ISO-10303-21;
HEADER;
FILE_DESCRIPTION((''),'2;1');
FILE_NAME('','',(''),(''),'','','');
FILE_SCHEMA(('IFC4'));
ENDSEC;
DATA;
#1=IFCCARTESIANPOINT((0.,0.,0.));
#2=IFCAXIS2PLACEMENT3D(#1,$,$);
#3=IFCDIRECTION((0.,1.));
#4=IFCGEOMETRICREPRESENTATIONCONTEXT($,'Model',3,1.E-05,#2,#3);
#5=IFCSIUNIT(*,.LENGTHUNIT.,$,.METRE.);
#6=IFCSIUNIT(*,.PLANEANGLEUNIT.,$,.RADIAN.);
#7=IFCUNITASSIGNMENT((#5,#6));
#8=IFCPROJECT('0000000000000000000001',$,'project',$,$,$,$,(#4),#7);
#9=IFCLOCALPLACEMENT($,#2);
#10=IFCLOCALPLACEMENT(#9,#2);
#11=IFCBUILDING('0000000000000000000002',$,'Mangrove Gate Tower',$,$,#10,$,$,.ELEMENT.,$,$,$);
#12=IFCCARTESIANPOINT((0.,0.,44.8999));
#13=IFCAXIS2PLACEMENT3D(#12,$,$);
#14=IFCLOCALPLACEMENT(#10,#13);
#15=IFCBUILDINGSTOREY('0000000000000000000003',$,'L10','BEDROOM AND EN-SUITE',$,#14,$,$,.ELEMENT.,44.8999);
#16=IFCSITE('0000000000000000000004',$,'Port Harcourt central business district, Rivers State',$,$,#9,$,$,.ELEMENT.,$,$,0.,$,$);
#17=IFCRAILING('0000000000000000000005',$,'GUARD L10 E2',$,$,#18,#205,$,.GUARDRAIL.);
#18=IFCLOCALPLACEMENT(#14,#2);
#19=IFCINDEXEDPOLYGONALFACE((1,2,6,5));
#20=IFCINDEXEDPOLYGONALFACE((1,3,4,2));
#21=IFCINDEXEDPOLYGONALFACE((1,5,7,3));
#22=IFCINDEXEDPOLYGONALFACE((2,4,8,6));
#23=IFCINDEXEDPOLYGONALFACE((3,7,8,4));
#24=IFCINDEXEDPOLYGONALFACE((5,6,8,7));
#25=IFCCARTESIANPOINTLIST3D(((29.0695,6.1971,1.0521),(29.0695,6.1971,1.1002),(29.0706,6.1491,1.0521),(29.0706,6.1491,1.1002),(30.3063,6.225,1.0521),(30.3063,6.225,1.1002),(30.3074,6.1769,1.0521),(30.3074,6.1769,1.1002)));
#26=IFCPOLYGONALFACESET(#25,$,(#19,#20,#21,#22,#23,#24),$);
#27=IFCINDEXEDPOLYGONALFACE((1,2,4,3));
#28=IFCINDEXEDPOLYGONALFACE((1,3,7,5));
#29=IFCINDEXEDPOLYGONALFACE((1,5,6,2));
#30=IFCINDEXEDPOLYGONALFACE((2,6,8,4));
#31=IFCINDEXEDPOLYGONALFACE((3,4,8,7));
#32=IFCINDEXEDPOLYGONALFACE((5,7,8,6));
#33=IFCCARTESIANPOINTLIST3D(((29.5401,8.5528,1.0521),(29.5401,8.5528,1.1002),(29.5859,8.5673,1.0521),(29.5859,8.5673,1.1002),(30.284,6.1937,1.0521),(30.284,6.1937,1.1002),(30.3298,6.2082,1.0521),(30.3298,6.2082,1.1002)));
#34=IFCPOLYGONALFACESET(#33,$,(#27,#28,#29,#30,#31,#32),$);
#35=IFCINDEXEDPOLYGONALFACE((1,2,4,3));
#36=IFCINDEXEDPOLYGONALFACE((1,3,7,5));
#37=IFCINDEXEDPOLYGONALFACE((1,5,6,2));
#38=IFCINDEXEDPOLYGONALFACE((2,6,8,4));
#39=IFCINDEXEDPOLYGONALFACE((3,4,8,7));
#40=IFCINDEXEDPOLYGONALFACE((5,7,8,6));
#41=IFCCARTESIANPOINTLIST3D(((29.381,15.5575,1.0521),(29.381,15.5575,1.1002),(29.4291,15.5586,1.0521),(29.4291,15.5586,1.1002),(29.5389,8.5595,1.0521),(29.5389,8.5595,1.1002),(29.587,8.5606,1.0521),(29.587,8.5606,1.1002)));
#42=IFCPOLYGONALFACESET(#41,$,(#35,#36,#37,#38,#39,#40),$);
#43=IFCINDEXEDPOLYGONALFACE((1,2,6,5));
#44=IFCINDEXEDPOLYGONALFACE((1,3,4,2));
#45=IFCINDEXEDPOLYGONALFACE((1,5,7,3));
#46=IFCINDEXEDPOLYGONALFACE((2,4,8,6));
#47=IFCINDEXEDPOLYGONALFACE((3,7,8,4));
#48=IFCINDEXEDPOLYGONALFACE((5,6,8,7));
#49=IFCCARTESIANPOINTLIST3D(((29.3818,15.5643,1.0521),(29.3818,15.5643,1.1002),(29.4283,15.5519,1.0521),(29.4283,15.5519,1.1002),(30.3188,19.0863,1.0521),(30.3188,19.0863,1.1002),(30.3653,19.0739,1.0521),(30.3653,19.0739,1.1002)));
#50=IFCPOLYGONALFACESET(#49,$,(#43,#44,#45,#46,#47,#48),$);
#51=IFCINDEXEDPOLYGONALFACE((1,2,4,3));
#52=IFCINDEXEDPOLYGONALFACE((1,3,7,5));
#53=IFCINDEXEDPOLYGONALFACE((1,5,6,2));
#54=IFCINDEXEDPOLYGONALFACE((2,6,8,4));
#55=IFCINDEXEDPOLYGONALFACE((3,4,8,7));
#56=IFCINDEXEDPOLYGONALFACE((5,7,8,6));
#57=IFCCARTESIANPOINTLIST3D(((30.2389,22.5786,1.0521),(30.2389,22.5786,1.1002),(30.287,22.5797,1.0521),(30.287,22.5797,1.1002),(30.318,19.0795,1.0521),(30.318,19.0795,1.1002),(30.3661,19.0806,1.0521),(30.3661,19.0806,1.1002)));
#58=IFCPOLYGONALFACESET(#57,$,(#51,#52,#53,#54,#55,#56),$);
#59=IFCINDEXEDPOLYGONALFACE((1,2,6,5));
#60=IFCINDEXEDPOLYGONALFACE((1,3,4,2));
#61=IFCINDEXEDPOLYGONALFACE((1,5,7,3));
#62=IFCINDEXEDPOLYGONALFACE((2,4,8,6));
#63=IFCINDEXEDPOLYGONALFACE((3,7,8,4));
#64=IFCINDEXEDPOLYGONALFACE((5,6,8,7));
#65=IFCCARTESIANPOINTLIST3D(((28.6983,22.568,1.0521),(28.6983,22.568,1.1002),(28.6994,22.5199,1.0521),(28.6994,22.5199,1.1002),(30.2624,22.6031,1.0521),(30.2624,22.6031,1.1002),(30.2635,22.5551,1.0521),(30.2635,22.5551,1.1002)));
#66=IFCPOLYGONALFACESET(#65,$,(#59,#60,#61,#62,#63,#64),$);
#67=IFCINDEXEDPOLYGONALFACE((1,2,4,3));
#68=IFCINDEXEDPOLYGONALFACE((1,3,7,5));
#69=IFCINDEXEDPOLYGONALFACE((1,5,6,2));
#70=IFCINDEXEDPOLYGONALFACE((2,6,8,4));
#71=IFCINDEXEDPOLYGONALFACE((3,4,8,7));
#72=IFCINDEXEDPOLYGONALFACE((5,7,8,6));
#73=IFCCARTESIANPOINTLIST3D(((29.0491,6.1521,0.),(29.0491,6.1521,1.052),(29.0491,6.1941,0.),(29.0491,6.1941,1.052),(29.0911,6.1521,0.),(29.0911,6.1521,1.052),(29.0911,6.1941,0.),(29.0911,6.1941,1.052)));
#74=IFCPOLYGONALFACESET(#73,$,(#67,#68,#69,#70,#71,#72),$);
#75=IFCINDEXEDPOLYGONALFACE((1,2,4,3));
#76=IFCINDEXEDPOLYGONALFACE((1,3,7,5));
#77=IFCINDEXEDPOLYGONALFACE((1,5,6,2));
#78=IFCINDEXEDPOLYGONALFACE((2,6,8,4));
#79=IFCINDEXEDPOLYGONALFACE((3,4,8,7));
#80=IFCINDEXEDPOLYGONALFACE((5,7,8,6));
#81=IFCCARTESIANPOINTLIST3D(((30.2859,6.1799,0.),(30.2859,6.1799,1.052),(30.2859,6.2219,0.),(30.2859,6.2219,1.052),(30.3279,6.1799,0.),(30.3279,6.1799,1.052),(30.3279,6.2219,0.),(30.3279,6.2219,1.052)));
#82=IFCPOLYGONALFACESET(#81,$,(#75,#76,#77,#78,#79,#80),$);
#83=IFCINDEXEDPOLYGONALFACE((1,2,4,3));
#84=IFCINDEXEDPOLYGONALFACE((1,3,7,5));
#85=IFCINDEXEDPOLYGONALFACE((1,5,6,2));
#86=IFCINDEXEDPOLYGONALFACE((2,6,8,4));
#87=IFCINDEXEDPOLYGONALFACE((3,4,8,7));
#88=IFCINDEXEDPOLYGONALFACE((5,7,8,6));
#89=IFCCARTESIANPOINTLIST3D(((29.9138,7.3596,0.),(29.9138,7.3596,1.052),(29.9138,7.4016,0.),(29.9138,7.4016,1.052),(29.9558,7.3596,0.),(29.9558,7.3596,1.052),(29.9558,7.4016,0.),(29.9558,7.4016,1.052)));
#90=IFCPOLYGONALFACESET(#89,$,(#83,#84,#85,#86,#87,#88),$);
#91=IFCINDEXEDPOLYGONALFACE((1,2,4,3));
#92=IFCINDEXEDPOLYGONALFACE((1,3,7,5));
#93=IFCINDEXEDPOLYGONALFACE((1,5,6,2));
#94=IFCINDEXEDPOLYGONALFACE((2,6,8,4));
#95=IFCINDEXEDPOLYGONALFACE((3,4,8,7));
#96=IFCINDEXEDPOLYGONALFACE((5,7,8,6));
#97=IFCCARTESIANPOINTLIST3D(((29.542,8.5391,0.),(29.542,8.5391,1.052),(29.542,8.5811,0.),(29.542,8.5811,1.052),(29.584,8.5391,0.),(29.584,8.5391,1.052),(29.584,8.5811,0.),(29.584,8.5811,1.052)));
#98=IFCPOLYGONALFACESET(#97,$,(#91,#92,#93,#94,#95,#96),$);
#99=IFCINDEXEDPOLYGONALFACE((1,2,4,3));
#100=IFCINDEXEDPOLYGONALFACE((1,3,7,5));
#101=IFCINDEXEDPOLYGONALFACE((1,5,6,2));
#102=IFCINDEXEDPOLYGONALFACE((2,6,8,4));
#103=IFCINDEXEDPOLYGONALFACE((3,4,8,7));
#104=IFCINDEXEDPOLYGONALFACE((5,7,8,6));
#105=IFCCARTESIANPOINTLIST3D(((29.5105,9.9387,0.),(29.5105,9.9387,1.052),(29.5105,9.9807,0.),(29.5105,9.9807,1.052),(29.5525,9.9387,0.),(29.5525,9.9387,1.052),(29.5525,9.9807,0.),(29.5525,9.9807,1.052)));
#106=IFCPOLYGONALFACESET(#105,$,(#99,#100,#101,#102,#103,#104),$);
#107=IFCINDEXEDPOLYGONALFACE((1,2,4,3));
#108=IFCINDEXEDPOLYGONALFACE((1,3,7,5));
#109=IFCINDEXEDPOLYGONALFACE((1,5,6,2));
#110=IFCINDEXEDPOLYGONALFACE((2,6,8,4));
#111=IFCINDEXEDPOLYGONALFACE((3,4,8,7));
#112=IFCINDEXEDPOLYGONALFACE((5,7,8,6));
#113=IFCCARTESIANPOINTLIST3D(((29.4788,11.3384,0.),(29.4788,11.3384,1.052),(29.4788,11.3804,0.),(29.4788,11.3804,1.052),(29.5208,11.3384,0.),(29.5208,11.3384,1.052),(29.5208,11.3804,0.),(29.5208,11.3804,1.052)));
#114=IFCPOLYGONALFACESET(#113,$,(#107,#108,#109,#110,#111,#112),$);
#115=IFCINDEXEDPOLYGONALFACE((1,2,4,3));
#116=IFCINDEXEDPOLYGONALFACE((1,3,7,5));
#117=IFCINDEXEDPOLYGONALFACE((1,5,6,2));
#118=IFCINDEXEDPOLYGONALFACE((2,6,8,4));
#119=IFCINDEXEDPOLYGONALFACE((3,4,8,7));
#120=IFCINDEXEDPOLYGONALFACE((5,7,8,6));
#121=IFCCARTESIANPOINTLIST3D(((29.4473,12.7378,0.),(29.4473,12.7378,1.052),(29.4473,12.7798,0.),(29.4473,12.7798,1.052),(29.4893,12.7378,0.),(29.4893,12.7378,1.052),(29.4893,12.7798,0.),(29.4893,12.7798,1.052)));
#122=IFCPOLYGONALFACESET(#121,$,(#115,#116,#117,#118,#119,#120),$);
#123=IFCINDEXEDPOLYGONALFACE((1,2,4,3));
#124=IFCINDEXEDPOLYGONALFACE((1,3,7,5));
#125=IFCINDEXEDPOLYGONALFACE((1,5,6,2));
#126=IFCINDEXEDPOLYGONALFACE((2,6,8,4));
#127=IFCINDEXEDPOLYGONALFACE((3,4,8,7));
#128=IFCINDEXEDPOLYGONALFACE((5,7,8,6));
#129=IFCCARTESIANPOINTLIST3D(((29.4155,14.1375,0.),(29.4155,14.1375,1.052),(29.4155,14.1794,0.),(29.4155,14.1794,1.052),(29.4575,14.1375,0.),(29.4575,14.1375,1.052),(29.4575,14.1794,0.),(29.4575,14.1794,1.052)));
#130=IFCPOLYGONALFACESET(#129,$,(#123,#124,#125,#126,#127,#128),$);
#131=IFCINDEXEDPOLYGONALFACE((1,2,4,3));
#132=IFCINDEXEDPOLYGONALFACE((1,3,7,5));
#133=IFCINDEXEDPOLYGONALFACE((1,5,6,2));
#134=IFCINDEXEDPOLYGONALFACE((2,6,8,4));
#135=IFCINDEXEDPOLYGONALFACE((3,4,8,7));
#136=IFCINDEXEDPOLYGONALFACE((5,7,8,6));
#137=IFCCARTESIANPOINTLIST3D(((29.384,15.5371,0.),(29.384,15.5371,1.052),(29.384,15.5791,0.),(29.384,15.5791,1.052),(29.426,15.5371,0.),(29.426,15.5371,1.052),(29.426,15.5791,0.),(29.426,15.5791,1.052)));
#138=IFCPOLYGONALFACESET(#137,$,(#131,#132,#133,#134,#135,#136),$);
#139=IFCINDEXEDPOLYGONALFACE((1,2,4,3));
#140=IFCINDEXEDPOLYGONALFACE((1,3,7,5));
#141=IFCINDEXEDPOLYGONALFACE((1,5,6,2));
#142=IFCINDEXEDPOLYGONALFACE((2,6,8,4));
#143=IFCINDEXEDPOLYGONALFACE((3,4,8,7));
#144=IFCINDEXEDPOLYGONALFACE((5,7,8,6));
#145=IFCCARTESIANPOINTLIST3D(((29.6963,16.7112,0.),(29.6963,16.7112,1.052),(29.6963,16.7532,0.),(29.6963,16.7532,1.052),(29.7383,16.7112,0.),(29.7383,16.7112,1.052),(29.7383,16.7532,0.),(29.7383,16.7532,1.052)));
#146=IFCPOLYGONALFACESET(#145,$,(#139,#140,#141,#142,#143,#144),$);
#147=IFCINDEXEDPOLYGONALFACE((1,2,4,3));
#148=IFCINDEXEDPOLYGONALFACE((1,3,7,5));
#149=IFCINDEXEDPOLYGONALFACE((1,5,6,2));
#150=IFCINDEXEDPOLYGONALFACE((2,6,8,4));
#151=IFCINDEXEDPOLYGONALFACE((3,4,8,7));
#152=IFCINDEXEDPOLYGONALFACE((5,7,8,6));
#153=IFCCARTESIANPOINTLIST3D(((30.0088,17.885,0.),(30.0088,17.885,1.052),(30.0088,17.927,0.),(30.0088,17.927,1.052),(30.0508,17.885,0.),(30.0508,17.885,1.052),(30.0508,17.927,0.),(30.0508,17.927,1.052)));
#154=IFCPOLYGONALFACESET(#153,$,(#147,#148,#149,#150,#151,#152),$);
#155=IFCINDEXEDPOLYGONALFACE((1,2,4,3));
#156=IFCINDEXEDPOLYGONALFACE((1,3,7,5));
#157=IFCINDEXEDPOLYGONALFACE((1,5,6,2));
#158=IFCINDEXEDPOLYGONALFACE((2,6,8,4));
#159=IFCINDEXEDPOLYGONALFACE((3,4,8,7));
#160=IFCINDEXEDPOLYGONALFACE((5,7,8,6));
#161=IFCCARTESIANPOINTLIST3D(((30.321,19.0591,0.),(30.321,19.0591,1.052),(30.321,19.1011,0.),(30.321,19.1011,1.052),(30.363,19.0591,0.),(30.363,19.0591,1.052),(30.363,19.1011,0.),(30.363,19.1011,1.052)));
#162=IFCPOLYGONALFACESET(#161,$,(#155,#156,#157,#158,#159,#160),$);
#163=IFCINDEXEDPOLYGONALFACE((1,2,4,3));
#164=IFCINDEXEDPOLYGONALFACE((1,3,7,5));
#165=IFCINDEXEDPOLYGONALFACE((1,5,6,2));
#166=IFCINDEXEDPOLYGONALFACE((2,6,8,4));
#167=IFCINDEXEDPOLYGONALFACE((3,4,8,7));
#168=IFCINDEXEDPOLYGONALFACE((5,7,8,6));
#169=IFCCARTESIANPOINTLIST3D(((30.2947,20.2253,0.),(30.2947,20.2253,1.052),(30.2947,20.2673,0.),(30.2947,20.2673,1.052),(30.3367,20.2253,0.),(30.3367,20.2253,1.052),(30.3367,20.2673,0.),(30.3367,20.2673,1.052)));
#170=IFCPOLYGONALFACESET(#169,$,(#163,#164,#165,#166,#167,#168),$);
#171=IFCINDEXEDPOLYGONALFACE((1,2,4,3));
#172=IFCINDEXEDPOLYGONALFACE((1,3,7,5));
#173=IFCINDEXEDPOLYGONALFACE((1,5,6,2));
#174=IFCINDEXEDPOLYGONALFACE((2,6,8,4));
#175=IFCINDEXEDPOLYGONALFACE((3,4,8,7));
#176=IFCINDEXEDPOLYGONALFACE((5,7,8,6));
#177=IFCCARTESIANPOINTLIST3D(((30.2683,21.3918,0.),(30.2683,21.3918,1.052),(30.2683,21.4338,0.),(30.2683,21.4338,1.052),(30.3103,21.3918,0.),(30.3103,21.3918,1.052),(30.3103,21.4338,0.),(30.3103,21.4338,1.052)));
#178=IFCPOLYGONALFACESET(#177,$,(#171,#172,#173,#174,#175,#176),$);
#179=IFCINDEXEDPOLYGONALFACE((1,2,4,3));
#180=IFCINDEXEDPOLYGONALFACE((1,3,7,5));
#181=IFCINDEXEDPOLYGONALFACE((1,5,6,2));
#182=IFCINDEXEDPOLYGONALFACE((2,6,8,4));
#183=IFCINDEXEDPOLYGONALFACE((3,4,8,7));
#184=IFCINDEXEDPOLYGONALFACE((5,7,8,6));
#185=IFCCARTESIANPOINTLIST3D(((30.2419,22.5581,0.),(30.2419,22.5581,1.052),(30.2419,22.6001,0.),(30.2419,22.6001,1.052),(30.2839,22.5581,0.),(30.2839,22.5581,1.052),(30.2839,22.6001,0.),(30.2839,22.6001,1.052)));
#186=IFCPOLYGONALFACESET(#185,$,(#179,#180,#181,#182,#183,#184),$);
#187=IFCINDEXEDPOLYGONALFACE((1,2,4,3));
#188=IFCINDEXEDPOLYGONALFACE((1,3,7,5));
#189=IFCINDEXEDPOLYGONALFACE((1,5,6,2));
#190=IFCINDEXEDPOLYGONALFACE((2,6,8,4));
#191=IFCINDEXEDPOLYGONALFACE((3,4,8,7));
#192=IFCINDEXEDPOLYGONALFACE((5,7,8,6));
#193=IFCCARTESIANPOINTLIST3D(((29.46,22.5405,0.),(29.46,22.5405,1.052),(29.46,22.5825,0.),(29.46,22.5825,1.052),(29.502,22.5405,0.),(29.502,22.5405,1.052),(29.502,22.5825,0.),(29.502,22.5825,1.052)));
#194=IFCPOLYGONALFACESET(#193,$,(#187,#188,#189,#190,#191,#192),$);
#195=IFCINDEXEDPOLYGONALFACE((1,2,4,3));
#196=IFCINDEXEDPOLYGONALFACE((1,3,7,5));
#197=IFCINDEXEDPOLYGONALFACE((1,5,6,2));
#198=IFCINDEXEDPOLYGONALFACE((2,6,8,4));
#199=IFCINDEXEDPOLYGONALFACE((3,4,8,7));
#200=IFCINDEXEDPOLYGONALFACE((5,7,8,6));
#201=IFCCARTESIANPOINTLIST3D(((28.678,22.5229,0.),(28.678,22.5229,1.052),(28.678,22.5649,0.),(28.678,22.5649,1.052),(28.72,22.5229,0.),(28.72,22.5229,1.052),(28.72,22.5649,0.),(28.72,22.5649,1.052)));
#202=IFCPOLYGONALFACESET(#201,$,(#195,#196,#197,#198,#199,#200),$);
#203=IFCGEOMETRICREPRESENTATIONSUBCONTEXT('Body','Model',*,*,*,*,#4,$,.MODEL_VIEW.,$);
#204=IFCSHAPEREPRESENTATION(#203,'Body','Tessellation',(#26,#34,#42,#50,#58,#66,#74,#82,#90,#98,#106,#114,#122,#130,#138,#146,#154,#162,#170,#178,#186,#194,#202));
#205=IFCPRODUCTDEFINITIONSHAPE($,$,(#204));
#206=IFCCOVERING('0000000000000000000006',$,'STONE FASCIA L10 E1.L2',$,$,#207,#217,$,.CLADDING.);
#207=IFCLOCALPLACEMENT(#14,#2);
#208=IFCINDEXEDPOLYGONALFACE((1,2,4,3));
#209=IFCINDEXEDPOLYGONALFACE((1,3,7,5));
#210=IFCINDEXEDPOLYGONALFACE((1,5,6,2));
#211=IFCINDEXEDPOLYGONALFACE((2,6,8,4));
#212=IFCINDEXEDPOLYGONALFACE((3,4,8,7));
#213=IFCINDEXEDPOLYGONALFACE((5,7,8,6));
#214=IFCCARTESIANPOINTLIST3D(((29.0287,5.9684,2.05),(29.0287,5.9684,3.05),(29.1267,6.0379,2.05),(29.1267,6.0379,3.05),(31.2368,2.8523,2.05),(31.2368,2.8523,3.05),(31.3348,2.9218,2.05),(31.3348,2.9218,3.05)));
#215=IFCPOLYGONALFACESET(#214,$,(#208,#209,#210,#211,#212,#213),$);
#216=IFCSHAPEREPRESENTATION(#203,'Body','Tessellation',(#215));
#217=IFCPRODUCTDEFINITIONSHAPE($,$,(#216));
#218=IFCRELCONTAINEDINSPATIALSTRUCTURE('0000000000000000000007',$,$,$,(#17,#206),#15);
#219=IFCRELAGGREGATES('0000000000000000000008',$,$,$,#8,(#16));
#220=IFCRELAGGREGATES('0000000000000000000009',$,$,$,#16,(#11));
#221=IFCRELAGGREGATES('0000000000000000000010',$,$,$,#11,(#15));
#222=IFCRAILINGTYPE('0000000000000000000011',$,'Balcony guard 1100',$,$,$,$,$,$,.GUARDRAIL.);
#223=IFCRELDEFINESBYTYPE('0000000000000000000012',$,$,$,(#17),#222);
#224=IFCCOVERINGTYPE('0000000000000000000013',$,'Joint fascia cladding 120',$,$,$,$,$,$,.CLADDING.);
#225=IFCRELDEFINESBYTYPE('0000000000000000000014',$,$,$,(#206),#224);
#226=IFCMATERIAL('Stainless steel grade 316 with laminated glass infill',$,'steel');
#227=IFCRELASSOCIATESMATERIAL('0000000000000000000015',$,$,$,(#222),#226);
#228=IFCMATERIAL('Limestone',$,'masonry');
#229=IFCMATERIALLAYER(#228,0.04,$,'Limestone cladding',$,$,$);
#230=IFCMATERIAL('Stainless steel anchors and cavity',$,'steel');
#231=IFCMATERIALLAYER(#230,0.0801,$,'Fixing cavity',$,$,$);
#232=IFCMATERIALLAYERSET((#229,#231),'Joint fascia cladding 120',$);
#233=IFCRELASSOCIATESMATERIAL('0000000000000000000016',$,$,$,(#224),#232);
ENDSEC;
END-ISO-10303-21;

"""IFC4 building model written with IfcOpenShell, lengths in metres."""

from ifc_helpers import new_model, si_unit, direction, frame, frame_2d, origin, origin_2d, place, context, subcontext, project, spatial, rectangle, extrude, material, layer, layer_set, type_object, element, save


model = new_model("IFC4")

# Units and contexts
model_context = context("Model", 3, precision=1e-05, world=origin(), true_north=direction((0.0, 1.0)))
body_context = subcontext(model_context, "Body", "Model", "MODEL_VIEW")
ifc_project = project(units=[si_unit("LENGTHUNIT", "METRE"), si_unit("PLANEANGLEUNIT", "RADIAN")], contexts=[model_context])

# Site, building, storey
site_placement = place(None, origin())
site = spatial("IfcSite", under=ifc_project, at=site_placement, Name="Port Harcourt central business district, Rivers State", CompositionType="ELEMENT", RefElevation=0.0)
building_placement = place(site_placement, origin())
building = spatial("IfcBuilding", under=site, at=building_placement, Name="Mangrove Gate Tower", CompositionType="ELEMENT")
storey_placement = place(building_placement, frame((0.0, 0.0, 44.8999)))
storey = spatial("IfcBuildingStorey", under=building, at=storey_placement, Name="L10", Description="BEDROOM AND EN-SUITE", CompositionType="ELEMENT", Elevation=44.8999)

# Shared definitions
ifc_material_1 = material(Name="Limestone", Category="masonry")

# Railing
ifc_material_2 = material(Name="Stainless steel grade 316 with laminated glass infill", Category="steel")
railing_type = type_object("IfcRailingType", Name="Balcony guard 1100", PredefinedType="GUARDRAIL", material=ifc_material_2)
railing_placement = place(storey_placement, frame((29.0701, 6.1731, 0.0)))
element("IfcRailing", 1, at=railing_placement, inside=storey, type_object=railing_type, Name="GUARD L10 E2", PredefinedType="GUARDRAIL", context=body_context, shape_type="SweptSolid", body=[
    extrude(rectangle(XDim=0.0481, YDim=0.0481, at=origin_2d()), frame((0.0, 0.0, 1.0762), z_axis=(0.999747, 0.022497, 0.0), x_axis=(-0.022497, 0.999747, 0.0)), (0.0, 0.0, 1.0), 1.2371),
    extrude(rectangle(XDim=0.0481, YDim=0.0481, at=origin_2d()), frame((1.2368, 0.0278, 1.0762), z_axis=(-0.30073, 0.953709, 0.0), x_axis=(-0.953709, -0.30073, 0.0)), (0.0, 0.0, 1.0), 2.4736),
    extrude(rectangle(XDim=0.0481, YDim=0.0481, at=origin_2d()), frame((0.4929, 2.387, 1.0762), z_axis=(-0.022566, 0.999745, 0.0), x_axis=(-0.999745, -0.022566, 0.0)), (0.0, 0.0, 1.0), 6.9998),
    extrude(rectangle(XDim=0.0481, YDim=0.0481, at=origin_2d()), frame((0.335, 9.385, 1.0762), z_axis=(0.257104, 0.966384, 0.0), x_axis=(-0.966384, 0.257104, 0.0)), (0.0, 0.0, 1.0), 3.6445),
    extrude(rectangle(XDim=0.0481, YDim=0.0481, at=origin_2d()), frame((1.272, 12.907, 1.0762), z_axis=(-0.022601, 0.999745, 0.0), x_axis=(-0.999745, -0.022601, 0.0)), (0.0, 0.0, 1.0), 3.5),
    extrude(rectangle(XDim=0.0481, YDim=0.0481, at=origin_2d()), frame((1.1929, 16.406, 1.0762), z_axis=(-0.999747, -0.022473, 0.0), x_axis=(0.022473, -0.999747, 0.0)), (0.0, 0.0, 1.0), 1.5645),
    extrude(rectangle(XDim=0.042, YDim=0.042, at=origin_2d()), origin(), (0.0, 0.0, 1.0), 1.052),
    extrude(rectangle(XDim=0.042, YDim=0.042, at=origin_2d()), frame((1.2368, 0.0278, 0.0)), (0.0, 0.0, 1.0), 1.052),
    extrude(rectangle(XDim=0.042, YDim=0.042, at=origin_2d()), frame((0.8647, 1.2075, 0.0)), (0.0, 0.0, 1.0), 1.052),
    extrude(rectangle(XDim=0.042, YDim=0.042, at=origin_2d()), frame((0.4929, 2.387, 0.0)), (0.0, 0.0, 1.0), 1.052),
    extrude(rectangle(XDim=0.042, YDim=0.042, at=origin_2d()), frame((0.4614, 3.7866, 0.0)), (0.0, 0.0, 1.0), 1.052),
    extrude(rectangle(XDim=0.042, YDim=0.042, at=origin_2d()), frame((0.4297, 5.1863, 0.0)), (0.0, 0.0, 1.0), 1.052),
    extrude(rectangle(XDim=0.042, YDim=0.042, at=origin_2d()), frame((0.3982, 6.5857, 0.0)), (0.0, 0.0, 1.0), 1.052),
    extrude(rectangle(XDim=0.042, YDim=0.042, at=origin_2d()), frame((0.3665, 7.9854, 0.0)), (0.0, 0.0, 1.0), 1.052),
    extrude(rectangle(XDim=0.042, YDim=0.042, at=origin_2d()), frame((0.335, 9.385, 0.0)), (0.0, 0.0, 1.0), 1.052),
    extrude(rectangle(XDim=0.042, YDim=0.042, at=origin_2d()), frame((0.6472, 10.5591, 0.0)), (0.0, 0.0, 1.0), 1.052),
    extrude(rectangle(XDim=0.042, YDim=0.042, at=origin_2d()), frame((0.9597, 11.7329, 0.0)), (0.0, 0.0, 1.0), 1.052),
    extrude(rectangle(XDim=0.042, YDim=0.042, at=origin_2d()), frame((1.272, 12.907, 0.0)), (0.0, 0.0, 1.0), 1.052),
    extrude(rectangle(XDim=0.042, YDim=0.042, at=origin_2d()), frame((1.2456, 14.0732, 0.0)), (0.0, 0.0, 1.0), 1.052),
    extrude(rectangle(XDim=0.042, YDim=0.042, at=origin_2d()), frame((1.2192, 15.2397, 0.0)), (0.0, 0.0, 1.0), 1.052),
    extrude(rectangle(XDim=0.042, YDim=0.042, at=origin_2d()), frame((1.1929, 16.406, 0.0)), (0.0, 0.0, 1.0), 1.052),
    extrude(rectangle(XDim=0.042, YDim=0.042, at=origin_2d()), frame((0.4109, 16.3884, 0.0)), (0.0, 0.0, 1.0), 1.052),
    extrude(rectangle(XDim=0.042, YDim=0.042, at=origin_2d()), frame((-0.3711, 16.3708, 0.0)), (0.0, 0.0, 1.0), 1.052),
])

# Covering
ifc_layer_1 = layer(ifc_material_1, 0.04, Name="Limestone cladding")
ifc_material_3 = material(Name="Stainless steel anchors and cavity", Category="steel")
ifc_layer_2 = layer(ifc_material_3, 0.0801, Name="Fixing cavity")
ifc_layer_set_1 = layer_set([ifc_layer_1, ifc_layer_2], Name="Joint fascia cladding 120")
covering_type = type_object("IfcCoveringType", Name="Joint fascia cladding 120", PredefinedType="CLADDING", material=ifc_layer_set_1)
covering_placement = place(storey_placement, frame((31.2859, 2.887, 2.05), z_axis=(0.0, 0.0, 1.0), x_axis=(-0.578168, 0.815918, 0.0)))
element("IfcCovering", 2, at=covering_placement, inside=storey, type_object=covering_type, Name="STONE FASCIA L10 E1.L2", PredefinedType="CLADDING", context=body_context, shape_type="SweptSolid", body=[
    extrude(rectangle(XDim=3.8191, YDim=0.1201, at=frame_2d((1.9097, 0.0))), origin(), (0.0, 0.0, 1.0), 1.0),
])

save(model, "model.ifc")
